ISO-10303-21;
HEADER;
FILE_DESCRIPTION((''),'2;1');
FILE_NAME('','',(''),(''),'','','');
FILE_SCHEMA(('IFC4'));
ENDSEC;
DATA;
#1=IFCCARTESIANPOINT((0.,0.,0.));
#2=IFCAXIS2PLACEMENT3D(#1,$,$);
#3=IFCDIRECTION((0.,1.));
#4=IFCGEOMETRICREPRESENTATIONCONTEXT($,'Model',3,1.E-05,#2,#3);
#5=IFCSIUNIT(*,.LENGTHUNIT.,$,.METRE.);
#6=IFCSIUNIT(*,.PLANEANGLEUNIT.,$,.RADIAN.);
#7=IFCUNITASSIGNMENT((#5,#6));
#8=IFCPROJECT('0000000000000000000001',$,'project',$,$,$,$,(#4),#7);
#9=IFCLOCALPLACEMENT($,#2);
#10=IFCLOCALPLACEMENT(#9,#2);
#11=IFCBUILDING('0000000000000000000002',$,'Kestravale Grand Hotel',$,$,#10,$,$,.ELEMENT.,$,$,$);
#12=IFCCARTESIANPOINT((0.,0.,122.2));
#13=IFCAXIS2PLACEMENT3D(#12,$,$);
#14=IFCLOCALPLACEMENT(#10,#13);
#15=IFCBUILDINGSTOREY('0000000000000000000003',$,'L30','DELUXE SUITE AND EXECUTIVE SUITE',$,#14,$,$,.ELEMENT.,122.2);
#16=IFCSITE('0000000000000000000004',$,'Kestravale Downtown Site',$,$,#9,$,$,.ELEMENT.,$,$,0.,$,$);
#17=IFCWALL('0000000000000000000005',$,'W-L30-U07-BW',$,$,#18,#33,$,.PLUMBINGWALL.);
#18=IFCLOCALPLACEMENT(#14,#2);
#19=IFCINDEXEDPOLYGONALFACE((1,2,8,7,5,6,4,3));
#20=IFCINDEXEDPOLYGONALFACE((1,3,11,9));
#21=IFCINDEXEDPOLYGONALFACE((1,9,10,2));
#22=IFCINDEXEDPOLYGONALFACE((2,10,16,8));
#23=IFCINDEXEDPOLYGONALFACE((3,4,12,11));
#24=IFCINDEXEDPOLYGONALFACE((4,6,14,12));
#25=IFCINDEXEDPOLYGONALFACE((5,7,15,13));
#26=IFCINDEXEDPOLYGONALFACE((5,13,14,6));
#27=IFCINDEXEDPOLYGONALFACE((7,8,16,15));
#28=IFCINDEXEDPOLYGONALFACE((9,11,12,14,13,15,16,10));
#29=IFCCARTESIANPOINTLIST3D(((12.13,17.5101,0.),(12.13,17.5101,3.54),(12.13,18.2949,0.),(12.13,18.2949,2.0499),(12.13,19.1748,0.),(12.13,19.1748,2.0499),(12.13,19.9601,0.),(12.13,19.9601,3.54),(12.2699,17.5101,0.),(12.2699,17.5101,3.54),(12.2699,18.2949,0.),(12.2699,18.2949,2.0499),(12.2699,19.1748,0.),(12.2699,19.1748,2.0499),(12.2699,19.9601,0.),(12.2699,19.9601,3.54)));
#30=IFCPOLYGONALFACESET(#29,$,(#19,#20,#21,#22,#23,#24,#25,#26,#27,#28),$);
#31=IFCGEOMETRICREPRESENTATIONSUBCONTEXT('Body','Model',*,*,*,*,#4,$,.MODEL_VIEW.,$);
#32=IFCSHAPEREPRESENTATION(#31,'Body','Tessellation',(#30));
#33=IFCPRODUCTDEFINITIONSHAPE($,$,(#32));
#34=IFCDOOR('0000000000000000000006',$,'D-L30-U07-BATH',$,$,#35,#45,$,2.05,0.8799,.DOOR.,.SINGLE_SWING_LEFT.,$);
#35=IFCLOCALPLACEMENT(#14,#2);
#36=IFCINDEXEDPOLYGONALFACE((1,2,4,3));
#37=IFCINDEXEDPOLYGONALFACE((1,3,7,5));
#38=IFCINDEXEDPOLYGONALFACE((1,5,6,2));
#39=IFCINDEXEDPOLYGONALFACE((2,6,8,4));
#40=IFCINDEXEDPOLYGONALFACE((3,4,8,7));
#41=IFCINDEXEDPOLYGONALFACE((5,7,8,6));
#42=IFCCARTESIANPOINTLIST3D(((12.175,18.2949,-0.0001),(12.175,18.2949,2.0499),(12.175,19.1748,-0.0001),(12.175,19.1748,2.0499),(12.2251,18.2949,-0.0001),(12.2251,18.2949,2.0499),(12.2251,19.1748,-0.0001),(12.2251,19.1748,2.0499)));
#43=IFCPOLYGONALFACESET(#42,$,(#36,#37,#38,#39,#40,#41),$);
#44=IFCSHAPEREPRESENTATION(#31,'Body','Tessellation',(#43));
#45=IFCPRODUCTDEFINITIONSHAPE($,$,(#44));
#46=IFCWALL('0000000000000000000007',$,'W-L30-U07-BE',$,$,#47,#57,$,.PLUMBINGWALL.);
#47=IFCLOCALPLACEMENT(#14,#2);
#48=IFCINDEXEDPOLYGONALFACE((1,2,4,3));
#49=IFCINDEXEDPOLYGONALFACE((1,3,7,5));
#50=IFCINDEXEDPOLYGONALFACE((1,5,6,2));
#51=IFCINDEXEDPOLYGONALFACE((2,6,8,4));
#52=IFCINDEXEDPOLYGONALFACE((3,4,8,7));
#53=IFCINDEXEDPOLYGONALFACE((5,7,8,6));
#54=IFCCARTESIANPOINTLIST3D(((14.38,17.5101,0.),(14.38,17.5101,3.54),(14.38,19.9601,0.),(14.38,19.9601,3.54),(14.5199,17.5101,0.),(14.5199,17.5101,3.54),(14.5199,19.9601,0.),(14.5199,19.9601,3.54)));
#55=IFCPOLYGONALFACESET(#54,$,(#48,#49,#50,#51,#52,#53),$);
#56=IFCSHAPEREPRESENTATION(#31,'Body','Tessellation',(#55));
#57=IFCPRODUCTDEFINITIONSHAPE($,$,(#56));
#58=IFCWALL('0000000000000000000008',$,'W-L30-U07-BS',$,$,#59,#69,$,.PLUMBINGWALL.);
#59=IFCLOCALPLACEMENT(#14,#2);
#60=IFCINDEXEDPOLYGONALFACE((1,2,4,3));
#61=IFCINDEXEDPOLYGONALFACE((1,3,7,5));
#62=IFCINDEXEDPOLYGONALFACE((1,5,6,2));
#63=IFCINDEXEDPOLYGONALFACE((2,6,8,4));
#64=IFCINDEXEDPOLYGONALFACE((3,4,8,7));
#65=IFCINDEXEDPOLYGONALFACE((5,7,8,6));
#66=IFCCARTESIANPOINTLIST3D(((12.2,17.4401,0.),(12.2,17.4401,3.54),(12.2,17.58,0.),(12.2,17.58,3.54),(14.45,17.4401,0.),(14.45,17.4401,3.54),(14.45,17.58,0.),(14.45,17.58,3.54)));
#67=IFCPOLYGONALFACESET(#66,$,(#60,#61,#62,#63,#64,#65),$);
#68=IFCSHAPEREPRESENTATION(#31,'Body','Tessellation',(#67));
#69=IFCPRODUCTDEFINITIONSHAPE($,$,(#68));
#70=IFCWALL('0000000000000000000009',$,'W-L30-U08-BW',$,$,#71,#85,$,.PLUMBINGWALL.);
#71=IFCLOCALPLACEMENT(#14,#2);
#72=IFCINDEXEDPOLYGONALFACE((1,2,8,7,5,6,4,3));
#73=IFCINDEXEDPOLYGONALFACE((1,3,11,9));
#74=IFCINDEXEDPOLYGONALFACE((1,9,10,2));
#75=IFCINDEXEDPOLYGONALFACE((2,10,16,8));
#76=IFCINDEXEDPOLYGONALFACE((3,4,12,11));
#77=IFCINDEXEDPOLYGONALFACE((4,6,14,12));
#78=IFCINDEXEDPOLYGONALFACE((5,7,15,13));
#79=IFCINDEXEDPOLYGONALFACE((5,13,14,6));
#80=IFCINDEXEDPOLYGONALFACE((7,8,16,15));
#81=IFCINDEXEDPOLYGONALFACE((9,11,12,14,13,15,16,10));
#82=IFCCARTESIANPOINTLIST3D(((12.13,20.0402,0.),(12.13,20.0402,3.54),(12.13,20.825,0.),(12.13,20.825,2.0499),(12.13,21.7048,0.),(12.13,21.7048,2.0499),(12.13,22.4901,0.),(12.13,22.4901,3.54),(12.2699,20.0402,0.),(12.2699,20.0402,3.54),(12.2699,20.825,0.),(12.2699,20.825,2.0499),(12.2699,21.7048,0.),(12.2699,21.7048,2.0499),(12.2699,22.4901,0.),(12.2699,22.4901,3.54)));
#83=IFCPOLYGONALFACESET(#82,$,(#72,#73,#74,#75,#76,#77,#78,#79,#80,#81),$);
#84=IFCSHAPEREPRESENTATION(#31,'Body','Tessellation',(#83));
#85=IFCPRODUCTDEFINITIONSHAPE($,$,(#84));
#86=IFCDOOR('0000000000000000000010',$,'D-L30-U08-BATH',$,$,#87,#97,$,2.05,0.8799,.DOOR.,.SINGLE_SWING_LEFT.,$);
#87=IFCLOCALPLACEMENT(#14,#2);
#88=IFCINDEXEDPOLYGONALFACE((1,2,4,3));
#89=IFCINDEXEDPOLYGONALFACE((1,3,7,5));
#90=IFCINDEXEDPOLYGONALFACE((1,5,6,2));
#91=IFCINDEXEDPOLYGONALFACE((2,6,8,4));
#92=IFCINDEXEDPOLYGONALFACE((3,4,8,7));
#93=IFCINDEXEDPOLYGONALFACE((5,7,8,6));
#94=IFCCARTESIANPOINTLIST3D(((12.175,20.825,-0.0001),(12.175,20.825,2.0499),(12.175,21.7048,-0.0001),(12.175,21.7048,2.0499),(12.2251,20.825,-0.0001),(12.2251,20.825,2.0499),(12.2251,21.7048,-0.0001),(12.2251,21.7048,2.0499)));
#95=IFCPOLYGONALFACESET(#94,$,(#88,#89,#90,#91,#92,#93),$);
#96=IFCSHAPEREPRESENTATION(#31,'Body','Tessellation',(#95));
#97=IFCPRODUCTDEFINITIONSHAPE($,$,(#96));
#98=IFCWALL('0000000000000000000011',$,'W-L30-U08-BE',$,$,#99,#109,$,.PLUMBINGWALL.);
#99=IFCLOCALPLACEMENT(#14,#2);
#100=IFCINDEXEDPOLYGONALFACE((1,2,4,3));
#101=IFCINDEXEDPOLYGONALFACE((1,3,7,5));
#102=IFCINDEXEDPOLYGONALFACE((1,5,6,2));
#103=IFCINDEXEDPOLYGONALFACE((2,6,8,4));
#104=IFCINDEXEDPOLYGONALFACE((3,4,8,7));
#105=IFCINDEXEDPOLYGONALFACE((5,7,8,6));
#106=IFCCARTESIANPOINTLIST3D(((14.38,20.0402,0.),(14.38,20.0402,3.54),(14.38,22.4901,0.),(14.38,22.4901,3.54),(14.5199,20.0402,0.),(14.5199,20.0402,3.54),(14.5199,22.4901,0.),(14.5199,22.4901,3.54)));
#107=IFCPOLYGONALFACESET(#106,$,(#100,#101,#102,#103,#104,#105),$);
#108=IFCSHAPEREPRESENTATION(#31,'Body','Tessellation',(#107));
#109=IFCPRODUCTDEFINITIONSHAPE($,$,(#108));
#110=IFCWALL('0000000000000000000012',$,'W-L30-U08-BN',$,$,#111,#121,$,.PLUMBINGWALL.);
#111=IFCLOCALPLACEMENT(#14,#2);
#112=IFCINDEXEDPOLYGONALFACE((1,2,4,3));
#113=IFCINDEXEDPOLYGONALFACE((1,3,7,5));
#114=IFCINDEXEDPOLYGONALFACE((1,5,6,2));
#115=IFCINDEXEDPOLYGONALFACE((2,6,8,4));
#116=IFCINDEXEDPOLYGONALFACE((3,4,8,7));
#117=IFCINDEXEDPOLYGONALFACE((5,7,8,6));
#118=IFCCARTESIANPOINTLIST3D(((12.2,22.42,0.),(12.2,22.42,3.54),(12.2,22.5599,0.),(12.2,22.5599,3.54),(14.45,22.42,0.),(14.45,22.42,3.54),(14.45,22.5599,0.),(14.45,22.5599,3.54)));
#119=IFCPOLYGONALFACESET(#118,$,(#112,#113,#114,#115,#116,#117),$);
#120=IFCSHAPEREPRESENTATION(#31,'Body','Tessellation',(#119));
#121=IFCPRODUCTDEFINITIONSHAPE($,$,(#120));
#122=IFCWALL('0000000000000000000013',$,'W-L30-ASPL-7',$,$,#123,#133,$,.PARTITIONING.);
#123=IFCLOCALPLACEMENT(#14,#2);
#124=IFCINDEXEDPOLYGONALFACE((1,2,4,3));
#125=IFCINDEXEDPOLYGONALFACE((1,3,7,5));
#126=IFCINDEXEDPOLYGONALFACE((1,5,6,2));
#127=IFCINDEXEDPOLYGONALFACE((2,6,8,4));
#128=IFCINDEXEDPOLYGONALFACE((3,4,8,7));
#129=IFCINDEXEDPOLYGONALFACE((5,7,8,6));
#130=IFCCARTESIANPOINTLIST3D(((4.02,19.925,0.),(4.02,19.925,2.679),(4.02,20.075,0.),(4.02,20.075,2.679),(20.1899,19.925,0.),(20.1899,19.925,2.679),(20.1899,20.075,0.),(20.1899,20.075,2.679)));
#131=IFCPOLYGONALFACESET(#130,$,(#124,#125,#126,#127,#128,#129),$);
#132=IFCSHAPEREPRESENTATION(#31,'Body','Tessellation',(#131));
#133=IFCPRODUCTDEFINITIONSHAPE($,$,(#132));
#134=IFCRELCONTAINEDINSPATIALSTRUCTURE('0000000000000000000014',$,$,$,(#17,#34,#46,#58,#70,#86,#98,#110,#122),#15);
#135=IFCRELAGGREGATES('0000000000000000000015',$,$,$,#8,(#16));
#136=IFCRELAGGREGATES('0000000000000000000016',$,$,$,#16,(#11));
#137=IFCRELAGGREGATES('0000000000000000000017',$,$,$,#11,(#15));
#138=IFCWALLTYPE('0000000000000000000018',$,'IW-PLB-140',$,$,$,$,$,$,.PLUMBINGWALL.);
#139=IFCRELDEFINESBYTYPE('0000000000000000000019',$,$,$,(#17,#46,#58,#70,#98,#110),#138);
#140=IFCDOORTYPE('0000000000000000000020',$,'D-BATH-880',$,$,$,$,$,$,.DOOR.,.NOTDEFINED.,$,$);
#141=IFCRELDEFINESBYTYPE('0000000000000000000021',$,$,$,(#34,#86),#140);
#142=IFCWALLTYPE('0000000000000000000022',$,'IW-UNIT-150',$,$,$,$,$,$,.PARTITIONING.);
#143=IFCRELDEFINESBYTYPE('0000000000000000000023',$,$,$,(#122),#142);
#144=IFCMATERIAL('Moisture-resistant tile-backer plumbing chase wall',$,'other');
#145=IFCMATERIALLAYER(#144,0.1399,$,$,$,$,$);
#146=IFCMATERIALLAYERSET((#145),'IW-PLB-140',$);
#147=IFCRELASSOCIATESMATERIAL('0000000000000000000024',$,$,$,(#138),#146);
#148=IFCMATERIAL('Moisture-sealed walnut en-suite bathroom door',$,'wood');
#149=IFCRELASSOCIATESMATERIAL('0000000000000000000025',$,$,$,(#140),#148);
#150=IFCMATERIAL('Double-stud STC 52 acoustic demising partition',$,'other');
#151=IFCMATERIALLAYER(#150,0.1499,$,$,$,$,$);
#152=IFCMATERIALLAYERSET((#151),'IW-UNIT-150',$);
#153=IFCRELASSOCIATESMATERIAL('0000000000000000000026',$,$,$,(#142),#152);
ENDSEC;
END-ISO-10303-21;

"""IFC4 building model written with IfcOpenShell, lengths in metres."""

from ifc_helpers import new_model, si_unit, direction, frame, frame_2d, origin, place, context, subcontext, project, spatial, rectangle, extrude, material, layer, layer_set, type_object, element, fill, save


model = new_model("IFC4")

# Units and contexts
model_context = context("Model", 3, precision=1e-05, world=origin(), true_north=direction((0.0, 1.0)))
body_context = subcontext(model_context, "Body", "Model", "MODEL_VIEW")
ifc_project = project(units=[si_unit("LENGTHUNIT", "METRE"), si_unit("PLANEANGLEUNIT", "RADIAN")], contexts=[model_context])

# Site, building, storey
site_placement = place(None, origin())
site = spatial("IfcSite", under=ifc_project, at=site_placement, Name="Kestravale Downtown Site", CompositionType="ELEMENT", RefElevation=0.0)
building_placement = place(site_placement, origin())
building = spatial("IfcBuilding", under=site, at=building_placement, Name="Kestravale Grand Hotel", CompositionType="ELEMENT")
storey_placement = place(building_placement, frame((0.0, 0.0, 122.2)))
storey = spatial("IfcBuildingStorey", under=building, at=storey_placement, Name="L30", Description="DELUXE SUITE AND EXECUTIVE SUITE", CompositionType="ELEMENT", Elevation=122.2)

# Shared definitions
ifc_material_1 = material(Name="Moisture-resistant tile-backer plumbing chase wall", Category="other")
ifc_layer_1 = layer(ifc_material_1, 0.1399)
ifc_layer_set_1 = layer_set([ifc_layer_1], Name="IW-PLB-140")
wall_type_1 = type_object("IfcWallType", Name="IW-PLB-140", PredefinedType="PLUMBINGWALL", material=ifc_layer_set_1)

# Wall, opening, door
wall_1_placement = place(storey_placement, frame((12.2, 17.51, 0.0), z_axis=(0.0, 0.0, 1.0), x_axis=(0.0, 1.0, 0.0)))
wall_1 = element("IfcWall", 1, at=wall_1_placement, inside=storey, type_object=wall_type_1, Name="W-L30-U07-BW", PredefinedType="PLUMBINGWALL", context=body_context, shape_type="SweptSolid", body=[
    extrude(rectangle(XDim=2.45, YDim=0.1399, at=frame_2d((1.2251, 0.0))), origin(), (0.0, 0.0, 1.0), 3.54),
])
opening_1_placement = place(wall_1_placement, frame((0.7849, 0.0, 0.0)))
opening_1 = element("IfcOpeningElement", 2, at=opening_1_placement, cuts=wall_1, PredefinedType="OPENING", context=body_context, shape_type="SweptSolid", body=[
    extrude(rectangle(XDim=0.8799, YDim=2.05, at=frame_2d((0.4399, 1.0249))), frame((0.0, 0.0798, 0.0), z_axis=(0.0, -1.0, 0.0), x_axis=(1.0, 0.0, 0.0)), (0.0, 0.0, 1.0), 0.1599),
])
ifc_material_2 = material(Name="Moisture-sealed walnut en-suite bathroom door", Category="wood")
door_type_1 = type_object("IfcDoorType", Name="D-BATH-880", OperationType="NOTDEFINED", PredefinedType="DOOR", material=ifc_material_2)
door_1_placement = place(opening_1_placement, origin())
door_1 = element("IfcDoor", 3, at=door_1_placement, inside=storey, type_object=door_type_1, Name="D-L30-U07-BATH", OperationType="SINGLE_SWING_LEFT", OverallHeight=2.05, OverallWidth=0.8799, PredefinedType="DOOR", context=body_context, shape_type="SweptSolid", body=[
    extrude(rectangle(XDim=0.8799, YDim=2.05, at=frame_2d((0.4399, 1.0249))), frame((0.0, 0.0249, 0.0), z_axis=(0.0, -1.0, 0.0), x_axis=(1.0, 0.0, 0.0)), (0.0, 0.0, 1.0), 0.05),
])
fill(opening_1, door_1)

# Walls
wall_2_placement = place(storey_placement, frame((14.45, 17.51, 0.0), z_axis=(0.0, 0.0, 1.0), x_axis=(0.0, 1.0, 0.0)))
element("IfcWall", 4, at=wall_2_placement, inside=storey, type_object=wall_type_1, Name="W-L30-U07-BE", PredefinedType="PLUMBINGWALL", context=body_context, shape_type="SweptSolid", body=[
    extrude(rectangle(XDim=2.45, YDim=0.1399, at=frame_2d((1.2251, 0.0))), origin(), (0.0, 0.0, 1.0), 3.54),
])
wall_3_placement = place(storey_placement, frame((12.2, 17.51, 0.0), z_axis=(0.0, 0.0, 1.0), x_axis=(1.0, 0.0, 0.0)))
element("IfcWall", 5, at=wall_3_placement, inside=storey, type_object=wall_type_1, Name="W-L30-U07-BS", PredefinedType="PLUMBINGWALL", context=body_context, shape_type="SweptSolid", body=[
    extrude(rectangle(XDim=2.25, YDim=0.1399, at=frame_2d((1.125, 0.0))), origin(), (0.0, 0.0, 1.0), 3.54),
])

# Wall, opening, door
wall_4_placement = place(storey_placement, frame((12.2, 20.04, 0.0), z_axis=(0.0, 0.0, 1.0), x_axis=(0.0, 1.0, 0.0)))
wall_4 = element("IfcWall", 6, at=wall_4_placement, inside=storey, type_object=wall_type_1, Name="W-L30-U08-BW", PredefinedType="PLUMBINGWALL", context=body_context, shape_type="SweptSolid", body=[
    extrude(rectangle(XDim=2.45, YDim=0.1399, at=frame_2d((1.2251, 0.0))), origin(), (0.0, 0.0, 1.0), 3.54),
])
opening_2_placement = place(wall_4_placement, frame((0.7849, 0.0, 0.0)))
opening_2 = element("IfcOpeningElement", 7, at=opening_2_placement, cuts=wall_4, PredefinedType="OPENING", context=body_context, shape_type="SweptSolid", body=[
    extrude(rectangle(XDim=0.8799, YDim=2.05, at=frame_2d((0.4399, 1.0249))), frame((0.0, 0.0798, 0.0), z_axis=(0.0, -1.0, 0.0), x_axis=(1.0, 0.0, 0.0)), (0.0, 0.0, 1.0), 0.1599),
])
door_2_placement = place(opening_2_placement, origin())
door_2 = element("IfcDoor", 8, at=door_2_placement, inside=storey, type_object=door_type_1, Name="D-L30-U08-BATH", OperationType="SINGLE_SWING_LEFT", OverallHeight=2.05, OverallWidth=0.8799, PredefinedType="DOOR", context=body_context, shape_type="SweptSolid", body=[
    extrude(rectangle(XDim=0.8799, YDim=2.05, at=frame_2d((0.4399, 1.0249))), frame((0.0, 0.0249, 0.0), z_axis=(0.0, -1.0, 0.0), x_axis=(1.0, 0.0, 0.0)), (0.0, 0.0, 1.0), 0.05),
])
fill(opening_2, door_2)

# Walls
wall_5_placement = place(storey_placement, frame((14.45, 20.04, 0.0), z_axis=(0.0, 0.0, 1.0), x_axis=(0.0, 1.0, 0.0)))
element("IfcWall", 9, at=wall_5_placement, inside=storey, type_object=wall_type_1, Name="W-L30-U08-BE", PredefinedType="PLUMBINGWALL", context=body_context, shape_type="SweptSolid", body=[
    extrude(rectangle(XDim=2.45, YDim=0.1399, at=frame_2d((1.2251, 0.0))), origin(), (0.0, 0.0, 1.0), 3.54),
])
wall_6_placement = place(storey_placement, frame((12.2, 22.49, 0.0), z_axis=(0.0, 0.0, 1.0), x_axis=(1.0, 0.0, 0.0)))
element("IfcWall", 10, at=wall_6_placement, inside=storey, type_object=wall_type_1, Name="W-L30-U08-BN", PredefinedType="PLUMBINGWALL", context=body_context, shape_type="SweptSolid", body=[
    extrude(rectangle(XDim=2.25, YDim=0.1399, at=frame_2d((1.125, 0.0))), origin(), (0.0, 0.0, 1.0), 3.54),
])
ifc_material_3 = material(Name="Double-stud STC 52 acoustic demising partition", Category="other")
ifc_layer_2 = layer(ifc_material_3, 0.1499)
ifc_layer_set_2 = layer_set([ifc_layer_2], Name="IW-UNIT-150")
wall_type_2 = type_object("IfcWallType", Name="IW-UNIT-150", PredefinedType="PARTITIONING", material=ifc_layer_set_2)
wall_7_placement = place(storey_placement, frame((4.02, 20.0, 0.0), z_axis=(0.0, 0.0, 1.0), x_axis=(1.0, 0.0, 0.0)))
element("IfcWall", 11, at=wall_7_placement, inside=storey, type_object=wall_type_2, Name="W-L30-ASPL-7", PredefinedType="PARTITIONING", context=body_context, shape_type="SweptSolid", body=[
    extrude(rectangle(XDim=16.1699, YDim=0.1499, at=frame_2d((8.085, 0.0))), origin(), (0.0, 0.0, 1.0), 2.679),
])

save(model, "model.ifc")
